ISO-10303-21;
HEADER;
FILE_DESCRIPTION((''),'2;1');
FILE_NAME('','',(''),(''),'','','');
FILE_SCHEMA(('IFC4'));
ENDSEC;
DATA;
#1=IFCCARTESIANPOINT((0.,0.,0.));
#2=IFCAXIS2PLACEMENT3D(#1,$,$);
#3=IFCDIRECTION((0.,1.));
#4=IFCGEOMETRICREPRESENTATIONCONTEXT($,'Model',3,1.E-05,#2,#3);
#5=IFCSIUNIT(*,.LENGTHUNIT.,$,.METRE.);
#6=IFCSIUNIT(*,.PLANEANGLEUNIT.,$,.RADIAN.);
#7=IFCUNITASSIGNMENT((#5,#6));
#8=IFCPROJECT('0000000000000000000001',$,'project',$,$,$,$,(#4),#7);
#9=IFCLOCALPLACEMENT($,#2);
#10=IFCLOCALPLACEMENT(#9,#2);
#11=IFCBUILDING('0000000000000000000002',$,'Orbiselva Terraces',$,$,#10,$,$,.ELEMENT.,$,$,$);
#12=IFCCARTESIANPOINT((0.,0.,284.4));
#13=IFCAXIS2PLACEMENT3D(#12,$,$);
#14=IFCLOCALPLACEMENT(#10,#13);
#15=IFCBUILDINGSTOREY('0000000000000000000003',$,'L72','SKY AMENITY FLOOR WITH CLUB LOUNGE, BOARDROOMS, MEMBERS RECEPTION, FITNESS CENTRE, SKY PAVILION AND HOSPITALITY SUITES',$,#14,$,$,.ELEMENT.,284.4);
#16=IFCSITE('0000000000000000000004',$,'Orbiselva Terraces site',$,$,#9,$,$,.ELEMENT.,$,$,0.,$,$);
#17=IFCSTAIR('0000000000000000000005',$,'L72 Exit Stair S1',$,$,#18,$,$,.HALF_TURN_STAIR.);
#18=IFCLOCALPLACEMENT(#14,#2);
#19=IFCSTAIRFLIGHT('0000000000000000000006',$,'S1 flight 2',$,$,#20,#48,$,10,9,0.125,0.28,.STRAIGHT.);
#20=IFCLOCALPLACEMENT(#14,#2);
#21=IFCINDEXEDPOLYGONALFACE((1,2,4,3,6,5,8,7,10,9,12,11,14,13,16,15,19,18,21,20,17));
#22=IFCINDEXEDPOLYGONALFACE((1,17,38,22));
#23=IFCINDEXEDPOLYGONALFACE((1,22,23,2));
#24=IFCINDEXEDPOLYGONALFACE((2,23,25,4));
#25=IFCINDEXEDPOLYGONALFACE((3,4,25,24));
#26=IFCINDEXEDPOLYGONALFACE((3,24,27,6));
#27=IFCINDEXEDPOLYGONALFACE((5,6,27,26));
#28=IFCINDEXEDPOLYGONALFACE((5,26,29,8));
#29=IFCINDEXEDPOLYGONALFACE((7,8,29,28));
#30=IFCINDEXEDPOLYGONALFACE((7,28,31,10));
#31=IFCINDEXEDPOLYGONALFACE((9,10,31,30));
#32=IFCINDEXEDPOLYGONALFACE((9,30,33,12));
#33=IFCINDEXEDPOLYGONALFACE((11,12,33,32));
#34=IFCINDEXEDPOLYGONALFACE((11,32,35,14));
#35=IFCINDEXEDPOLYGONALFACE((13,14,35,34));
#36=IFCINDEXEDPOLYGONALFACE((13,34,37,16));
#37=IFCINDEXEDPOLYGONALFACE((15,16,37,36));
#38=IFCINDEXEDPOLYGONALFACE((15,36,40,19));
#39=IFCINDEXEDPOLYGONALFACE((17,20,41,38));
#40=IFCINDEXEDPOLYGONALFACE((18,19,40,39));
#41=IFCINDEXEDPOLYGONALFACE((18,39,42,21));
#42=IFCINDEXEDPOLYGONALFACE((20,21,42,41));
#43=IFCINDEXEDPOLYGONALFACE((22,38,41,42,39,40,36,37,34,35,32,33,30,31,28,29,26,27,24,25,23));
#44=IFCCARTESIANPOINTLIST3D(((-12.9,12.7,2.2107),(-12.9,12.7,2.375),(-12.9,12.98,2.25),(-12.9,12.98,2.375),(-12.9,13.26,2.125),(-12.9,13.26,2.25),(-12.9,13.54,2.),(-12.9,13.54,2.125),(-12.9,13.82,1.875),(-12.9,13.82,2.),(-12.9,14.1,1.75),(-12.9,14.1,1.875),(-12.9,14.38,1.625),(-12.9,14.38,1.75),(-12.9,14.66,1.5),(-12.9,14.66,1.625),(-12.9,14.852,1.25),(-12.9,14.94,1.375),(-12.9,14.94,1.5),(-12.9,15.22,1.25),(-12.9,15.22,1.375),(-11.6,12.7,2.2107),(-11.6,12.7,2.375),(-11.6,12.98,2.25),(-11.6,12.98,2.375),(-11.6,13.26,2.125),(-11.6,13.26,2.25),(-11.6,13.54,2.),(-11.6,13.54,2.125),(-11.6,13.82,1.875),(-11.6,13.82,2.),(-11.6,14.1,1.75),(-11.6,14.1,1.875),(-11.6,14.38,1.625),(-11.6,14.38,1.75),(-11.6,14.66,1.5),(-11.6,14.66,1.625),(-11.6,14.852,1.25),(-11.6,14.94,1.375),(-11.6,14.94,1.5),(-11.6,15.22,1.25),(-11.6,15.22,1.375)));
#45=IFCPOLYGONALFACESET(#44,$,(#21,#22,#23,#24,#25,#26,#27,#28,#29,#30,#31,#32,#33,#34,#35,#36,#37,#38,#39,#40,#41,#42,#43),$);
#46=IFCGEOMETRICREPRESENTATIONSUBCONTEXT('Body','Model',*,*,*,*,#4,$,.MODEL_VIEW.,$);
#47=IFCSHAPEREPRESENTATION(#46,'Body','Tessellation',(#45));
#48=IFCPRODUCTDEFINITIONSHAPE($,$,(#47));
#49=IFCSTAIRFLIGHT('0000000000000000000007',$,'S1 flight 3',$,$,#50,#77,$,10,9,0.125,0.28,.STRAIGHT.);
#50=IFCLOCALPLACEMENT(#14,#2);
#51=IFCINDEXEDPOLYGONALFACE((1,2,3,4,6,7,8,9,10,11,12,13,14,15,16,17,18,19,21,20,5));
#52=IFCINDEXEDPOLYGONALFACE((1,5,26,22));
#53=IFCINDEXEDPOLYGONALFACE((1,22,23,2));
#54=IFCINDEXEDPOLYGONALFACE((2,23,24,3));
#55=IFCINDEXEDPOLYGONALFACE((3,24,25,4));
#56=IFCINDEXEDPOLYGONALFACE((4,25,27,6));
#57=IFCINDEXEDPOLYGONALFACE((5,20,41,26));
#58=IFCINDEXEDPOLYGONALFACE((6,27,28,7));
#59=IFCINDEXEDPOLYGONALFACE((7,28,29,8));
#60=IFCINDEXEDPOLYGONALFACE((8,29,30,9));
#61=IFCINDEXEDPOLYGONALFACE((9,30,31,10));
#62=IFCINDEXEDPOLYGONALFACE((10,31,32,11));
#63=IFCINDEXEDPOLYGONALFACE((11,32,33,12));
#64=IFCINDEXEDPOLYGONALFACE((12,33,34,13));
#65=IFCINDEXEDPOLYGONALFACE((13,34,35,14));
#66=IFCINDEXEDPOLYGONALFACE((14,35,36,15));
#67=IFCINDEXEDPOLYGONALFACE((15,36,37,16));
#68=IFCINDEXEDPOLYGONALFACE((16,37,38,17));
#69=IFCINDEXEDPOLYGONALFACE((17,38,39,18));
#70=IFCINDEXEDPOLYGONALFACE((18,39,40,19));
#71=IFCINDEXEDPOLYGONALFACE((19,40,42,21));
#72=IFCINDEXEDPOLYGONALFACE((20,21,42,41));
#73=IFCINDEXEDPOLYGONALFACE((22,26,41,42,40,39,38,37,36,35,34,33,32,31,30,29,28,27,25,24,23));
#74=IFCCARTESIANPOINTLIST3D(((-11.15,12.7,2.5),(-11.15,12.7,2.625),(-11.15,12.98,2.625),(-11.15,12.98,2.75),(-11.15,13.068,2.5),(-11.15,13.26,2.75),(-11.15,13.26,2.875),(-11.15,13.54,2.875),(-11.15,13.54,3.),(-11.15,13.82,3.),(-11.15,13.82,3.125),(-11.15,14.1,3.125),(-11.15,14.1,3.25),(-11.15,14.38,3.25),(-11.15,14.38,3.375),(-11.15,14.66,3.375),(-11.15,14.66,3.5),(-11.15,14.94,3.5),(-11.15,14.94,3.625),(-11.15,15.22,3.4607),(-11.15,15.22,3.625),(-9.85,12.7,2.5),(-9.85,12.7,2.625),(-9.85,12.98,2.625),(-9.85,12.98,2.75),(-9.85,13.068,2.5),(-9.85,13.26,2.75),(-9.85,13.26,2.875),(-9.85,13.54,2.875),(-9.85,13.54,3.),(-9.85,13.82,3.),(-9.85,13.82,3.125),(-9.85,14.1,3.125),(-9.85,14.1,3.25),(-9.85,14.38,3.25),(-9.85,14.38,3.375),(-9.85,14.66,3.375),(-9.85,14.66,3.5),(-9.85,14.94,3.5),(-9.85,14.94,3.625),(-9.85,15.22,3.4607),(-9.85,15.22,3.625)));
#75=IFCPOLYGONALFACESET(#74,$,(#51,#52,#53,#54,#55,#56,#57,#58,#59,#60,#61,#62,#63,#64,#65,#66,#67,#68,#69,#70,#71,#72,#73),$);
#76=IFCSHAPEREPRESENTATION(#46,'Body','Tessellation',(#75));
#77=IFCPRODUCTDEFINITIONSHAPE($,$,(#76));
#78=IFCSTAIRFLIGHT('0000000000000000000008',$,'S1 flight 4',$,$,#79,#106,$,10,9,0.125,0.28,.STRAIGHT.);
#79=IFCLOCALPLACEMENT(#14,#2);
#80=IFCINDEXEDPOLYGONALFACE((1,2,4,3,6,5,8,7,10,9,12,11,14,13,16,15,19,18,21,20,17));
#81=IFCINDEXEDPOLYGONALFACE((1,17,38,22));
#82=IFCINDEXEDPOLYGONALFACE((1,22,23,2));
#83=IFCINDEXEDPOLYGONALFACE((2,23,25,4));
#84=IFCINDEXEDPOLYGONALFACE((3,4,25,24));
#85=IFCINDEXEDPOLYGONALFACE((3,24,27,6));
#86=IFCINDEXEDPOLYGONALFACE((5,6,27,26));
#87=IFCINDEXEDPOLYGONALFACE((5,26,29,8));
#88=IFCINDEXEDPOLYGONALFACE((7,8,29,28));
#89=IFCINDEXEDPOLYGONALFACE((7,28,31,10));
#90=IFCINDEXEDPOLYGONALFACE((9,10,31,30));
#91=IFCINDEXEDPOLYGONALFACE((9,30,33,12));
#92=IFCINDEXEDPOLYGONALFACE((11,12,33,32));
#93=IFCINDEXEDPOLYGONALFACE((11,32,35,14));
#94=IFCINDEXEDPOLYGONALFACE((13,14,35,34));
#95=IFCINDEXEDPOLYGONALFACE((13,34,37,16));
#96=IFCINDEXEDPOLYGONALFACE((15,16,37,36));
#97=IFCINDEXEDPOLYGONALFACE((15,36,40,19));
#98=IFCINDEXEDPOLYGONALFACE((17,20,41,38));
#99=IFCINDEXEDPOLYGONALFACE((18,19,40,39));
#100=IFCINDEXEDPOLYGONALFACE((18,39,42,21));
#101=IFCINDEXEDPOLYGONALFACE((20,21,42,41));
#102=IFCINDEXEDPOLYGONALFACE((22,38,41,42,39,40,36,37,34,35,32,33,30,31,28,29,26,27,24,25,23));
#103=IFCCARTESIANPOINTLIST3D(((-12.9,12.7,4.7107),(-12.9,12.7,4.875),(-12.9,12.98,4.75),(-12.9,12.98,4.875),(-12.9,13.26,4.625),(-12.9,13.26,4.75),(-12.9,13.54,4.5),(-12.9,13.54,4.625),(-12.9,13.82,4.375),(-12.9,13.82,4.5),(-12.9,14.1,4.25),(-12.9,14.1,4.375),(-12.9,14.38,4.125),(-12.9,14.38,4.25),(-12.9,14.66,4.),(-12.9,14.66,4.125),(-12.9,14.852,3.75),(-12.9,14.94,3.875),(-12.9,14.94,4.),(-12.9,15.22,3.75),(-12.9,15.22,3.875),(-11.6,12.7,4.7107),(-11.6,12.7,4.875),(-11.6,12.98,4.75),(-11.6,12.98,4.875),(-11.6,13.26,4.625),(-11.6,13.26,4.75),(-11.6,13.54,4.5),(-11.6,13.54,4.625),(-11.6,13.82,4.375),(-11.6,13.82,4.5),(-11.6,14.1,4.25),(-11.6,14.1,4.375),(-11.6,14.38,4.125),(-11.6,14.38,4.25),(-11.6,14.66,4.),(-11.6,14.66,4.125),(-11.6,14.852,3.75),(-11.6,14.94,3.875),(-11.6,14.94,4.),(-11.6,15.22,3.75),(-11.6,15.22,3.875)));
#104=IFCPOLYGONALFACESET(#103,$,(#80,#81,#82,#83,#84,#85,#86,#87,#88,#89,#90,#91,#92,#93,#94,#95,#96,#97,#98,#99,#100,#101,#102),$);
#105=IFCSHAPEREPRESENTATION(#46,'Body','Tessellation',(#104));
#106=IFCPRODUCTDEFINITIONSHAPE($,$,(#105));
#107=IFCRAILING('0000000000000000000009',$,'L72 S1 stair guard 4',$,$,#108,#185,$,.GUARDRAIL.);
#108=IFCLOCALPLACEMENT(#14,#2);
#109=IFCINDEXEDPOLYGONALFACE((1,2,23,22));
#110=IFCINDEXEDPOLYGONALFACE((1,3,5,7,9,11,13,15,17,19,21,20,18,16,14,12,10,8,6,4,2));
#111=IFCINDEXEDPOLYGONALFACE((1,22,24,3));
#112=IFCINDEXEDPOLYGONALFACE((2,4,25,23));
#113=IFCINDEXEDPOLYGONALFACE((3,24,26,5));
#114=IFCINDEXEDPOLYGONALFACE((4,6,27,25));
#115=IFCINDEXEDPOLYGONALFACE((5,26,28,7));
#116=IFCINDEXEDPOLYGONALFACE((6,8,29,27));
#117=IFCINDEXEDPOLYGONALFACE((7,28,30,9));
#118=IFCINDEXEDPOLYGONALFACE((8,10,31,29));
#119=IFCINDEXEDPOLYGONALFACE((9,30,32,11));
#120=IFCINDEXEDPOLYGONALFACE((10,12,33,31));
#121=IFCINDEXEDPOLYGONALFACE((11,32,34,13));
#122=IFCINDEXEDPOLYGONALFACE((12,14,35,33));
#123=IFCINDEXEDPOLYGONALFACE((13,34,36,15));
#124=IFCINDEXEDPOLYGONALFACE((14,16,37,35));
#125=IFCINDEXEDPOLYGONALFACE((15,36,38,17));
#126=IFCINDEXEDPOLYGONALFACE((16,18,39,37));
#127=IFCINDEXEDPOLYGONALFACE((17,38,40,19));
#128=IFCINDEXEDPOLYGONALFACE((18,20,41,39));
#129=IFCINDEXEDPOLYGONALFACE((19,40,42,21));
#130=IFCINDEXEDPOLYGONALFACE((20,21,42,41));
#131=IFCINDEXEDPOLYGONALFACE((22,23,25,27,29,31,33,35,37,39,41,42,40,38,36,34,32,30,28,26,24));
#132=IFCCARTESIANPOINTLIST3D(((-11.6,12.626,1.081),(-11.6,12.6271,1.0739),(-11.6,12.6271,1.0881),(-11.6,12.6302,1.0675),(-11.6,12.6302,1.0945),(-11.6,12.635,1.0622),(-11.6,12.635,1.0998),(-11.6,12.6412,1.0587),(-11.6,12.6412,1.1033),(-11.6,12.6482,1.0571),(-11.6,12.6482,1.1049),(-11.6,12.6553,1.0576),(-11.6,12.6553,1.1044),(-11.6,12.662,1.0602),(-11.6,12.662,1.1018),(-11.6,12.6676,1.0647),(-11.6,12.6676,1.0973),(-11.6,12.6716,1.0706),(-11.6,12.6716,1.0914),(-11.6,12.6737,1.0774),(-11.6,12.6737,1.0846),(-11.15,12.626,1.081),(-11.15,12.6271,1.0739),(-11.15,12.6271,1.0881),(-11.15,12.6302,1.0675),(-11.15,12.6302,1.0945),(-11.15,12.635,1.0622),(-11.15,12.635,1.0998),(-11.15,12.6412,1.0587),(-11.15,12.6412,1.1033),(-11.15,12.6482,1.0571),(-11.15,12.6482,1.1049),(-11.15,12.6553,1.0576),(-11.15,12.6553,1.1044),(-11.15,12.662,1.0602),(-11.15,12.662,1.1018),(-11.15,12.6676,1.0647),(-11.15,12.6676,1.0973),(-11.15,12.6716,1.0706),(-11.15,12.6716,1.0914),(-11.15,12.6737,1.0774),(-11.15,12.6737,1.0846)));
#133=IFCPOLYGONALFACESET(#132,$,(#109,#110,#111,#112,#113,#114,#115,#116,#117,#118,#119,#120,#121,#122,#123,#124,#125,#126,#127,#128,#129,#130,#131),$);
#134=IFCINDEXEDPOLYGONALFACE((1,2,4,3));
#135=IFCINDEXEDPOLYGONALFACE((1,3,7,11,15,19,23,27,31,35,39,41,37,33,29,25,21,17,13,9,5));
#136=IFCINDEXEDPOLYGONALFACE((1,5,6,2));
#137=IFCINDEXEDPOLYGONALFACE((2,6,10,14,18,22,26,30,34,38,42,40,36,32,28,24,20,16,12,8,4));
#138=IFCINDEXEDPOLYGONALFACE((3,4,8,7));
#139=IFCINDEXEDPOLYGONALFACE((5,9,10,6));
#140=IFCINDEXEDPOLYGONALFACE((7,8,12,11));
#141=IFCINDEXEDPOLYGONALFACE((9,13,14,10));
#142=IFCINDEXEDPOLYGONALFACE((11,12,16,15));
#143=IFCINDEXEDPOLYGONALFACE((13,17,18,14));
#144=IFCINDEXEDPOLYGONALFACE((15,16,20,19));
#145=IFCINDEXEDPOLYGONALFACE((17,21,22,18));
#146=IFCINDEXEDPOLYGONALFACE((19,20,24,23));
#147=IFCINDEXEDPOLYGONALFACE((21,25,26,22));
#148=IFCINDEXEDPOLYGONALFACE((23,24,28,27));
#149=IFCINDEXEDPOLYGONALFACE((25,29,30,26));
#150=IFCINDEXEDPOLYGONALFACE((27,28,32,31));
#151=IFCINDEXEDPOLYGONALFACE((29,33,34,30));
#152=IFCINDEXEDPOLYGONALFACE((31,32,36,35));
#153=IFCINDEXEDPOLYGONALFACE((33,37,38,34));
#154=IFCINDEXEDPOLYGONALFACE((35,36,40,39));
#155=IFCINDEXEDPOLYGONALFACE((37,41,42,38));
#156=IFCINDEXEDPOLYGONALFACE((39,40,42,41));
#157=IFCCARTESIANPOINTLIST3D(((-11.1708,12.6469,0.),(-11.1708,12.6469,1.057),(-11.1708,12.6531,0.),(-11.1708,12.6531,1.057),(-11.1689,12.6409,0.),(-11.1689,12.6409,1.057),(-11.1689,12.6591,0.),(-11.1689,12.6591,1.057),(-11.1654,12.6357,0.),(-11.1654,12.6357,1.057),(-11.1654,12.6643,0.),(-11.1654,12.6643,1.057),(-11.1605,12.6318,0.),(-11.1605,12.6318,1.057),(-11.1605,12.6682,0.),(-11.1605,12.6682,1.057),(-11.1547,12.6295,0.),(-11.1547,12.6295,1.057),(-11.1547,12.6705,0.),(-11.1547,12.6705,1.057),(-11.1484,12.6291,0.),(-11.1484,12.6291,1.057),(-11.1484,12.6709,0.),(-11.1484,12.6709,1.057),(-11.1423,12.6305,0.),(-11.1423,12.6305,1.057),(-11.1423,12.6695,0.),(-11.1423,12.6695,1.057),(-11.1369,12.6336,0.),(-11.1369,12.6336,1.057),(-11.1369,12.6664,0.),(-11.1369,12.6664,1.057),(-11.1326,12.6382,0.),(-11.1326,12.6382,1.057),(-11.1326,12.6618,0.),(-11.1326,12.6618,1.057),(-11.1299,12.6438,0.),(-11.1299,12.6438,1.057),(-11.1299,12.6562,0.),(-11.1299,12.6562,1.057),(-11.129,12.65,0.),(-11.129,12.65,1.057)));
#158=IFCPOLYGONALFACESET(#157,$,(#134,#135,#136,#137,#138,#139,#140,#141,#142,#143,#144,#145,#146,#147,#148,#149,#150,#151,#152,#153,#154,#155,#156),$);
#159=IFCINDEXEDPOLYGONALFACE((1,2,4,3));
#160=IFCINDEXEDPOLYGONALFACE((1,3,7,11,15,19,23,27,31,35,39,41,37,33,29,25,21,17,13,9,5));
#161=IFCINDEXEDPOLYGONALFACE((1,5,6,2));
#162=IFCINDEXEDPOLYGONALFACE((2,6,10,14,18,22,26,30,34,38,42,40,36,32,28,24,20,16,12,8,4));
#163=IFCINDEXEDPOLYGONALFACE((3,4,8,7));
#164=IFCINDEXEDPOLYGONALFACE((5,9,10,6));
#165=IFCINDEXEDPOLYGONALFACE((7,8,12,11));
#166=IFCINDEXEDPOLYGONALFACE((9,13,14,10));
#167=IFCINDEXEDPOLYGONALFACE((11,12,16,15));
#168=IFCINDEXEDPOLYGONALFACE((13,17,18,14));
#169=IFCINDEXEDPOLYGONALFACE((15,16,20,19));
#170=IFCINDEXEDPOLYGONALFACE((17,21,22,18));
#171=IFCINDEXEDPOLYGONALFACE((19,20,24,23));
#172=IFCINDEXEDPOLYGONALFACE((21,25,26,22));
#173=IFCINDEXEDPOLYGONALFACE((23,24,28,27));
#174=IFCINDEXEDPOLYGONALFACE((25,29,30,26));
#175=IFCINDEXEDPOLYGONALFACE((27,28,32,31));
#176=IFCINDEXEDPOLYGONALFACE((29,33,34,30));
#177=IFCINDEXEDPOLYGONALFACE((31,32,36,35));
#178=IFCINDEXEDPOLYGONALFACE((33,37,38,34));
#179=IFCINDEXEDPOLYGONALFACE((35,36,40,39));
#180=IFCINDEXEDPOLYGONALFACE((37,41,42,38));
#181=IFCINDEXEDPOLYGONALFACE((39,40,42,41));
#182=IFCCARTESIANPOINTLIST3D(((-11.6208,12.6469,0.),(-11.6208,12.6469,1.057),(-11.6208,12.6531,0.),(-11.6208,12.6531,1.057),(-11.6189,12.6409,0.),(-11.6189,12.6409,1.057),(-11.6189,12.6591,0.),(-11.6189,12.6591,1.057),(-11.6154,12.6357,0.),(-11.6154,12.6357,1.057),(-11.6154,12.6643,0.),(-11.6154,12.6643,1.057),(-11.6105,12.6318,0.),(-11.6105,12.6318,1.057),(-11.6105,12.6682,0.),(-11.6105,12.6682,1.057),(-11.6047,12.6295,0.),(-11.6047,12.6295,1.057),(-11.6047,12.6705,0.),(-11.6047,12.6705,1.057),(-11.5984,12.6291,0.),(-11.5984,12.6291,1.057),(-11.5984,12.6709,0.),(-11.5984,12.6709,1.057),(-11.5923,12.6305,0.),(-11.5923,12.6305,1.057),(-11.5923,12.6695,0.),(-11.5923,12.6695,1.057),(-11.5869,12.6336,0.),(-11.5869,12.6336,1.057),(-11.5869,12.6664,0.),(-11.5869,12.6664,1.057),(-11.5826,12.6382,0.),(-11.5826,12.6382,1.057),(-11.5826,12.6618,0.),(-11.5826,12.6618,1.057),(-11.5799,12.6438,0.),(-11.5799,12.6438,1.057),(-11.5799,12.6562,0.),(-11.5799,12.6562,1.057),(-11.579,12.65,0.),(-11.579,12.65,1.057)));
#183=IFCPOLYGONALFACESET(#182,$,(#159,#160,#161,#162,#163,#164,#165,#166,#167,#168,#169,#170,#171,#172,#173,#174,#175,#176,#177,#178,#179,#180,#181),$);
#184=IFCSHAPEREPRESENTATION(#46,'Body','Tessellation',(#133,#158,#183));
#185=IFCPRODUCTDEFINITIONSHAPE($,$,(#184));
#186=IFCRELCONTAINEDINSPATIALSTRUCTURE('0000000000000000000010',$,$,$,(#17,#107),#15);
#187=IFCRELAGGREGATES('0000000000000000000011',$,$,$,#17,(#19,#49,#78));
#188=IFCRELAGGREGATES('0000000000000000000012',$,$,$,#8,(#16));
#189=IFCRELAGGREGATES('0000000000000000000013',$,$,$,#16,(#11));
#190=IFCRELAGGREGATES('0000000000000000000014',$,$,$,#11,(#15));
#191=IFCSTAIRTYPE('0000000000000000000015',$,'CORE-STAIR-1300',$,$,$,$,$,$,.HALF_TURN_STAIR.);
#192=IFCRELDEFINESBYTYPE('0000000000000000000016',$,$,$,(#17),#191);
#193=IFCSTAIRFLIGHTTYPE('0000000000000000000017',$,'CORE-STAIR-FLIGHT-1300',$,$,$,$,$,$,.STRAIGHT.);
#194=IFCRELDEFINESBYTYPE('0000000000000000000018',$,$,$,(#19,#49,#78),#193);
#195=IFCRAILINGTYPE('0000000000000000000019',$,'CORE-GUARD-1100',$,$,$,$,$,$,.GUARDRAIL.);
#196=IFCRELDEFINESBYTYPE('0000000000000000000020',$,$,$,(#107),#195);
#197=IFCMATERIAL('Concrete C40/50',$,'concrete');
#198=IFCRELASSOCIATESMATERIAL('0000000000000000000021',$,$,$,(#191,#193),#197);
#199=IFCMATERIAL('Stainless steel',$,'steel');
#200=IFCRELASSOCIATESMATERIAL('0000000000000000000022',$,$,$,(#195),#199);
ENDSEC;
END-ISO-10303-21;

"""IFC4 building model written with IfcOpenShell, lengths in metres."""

from ifc_helpers import new_model, si_unit, direction, frame, origin, origin_2d, place, context, subcontext, project, spatial, polyline, circle, outline, extrude, material, type_object, element, aggregate, save


model = new_model("IFC4")

# Units and contexts
model_context = context("Model", 3, precision=1e-05, world=origin(), true_north=direction((0.0, 1.0)))
body_context = subcontext(model_context, "Body", "Model", "MODEL_VIEW")
ifc_project = project(units=[si_unit("LENGTHUNIT", "METRE"), si_unit("PLANEANGLEUNIT", "RADIAN")], contexts=[model_context])

# Site, building, storey
site_placement = place(None, origin())
site = spatial("IfcSite", under=ifc_project, at=site_placement, Name="Orbiselva Terraces site", CompositionType="ELEMENT", RefElevation=0.0)
building_placement = place(site_placement, origin())
building = spatial("IfcBuilding", under=site, at=building_placement, Name="Orbiselva Terraces", CompositionType="ELEMENT")
storey_placement = place(building_placement, frame((0.0, 0.0, 284.4)))
storey = spatial("IfcBuildingStorey", under=building, at=storey_placement, Name="L72", Description="SKY AMENITY FLOOR WITH CLUB LOUNGE, BOARDROOMS, MEMBERS RECEPTION, FITNESS CENTRE, SKY PAVILION AND HOSPITALITY SUITES", CompositionType="ELEMENT", Elevation=284.4)

# Shared definitions
ifc_material_1 = material(Name="Concrete C40/50", Category="concrete")

# Stair, stair flights
stair_type = type_object("IfcStairType", Name="CORE-STAIR-1300", PredefinedType="HALF_TURN_STAIR", material=ifc_material_1)
stair_placement = place(storey_placement, origin())
stair = element("IfcStair", 1, at=stair_placement, inside=storey, type_object=stair_type, Name="L72 Exit Stair S1", PredefinedType="HALF_TURN_STAIR")
stair_flight_type = type_object("IfcStairFlightType", Name="CORE-STAIR-FLIGHT-1300", PredefinedType="STRAIGHT", material=ifc_material_1)
stair_flight_1_placement = place(storey_placement, frame((-12.25, 15.22, 1.25), z_axis=(0.0, 0.0, 1.0), x_axis=(0.0, -1.0, 0.0)))
stair_flight_1 = element("IfcStairFlight", 2, at=stair_flight_1_placement, type_object=stair_flight_type, Name="S1 flight 2", NumberOfRisers=10, NumberOfTreads=9, PredefinedType="STRAIGHT", RiserHeight=0.125, TreadLength=0.28, context=body_context, shape_type="SweptSolid", body=[
    extrude(outline(polyline([(0.0, 0.0), (0.0, 0.125), (0.28, 0.125), (0.28, 0.25), (0.56, 0.25), (0.56, 0.375), (0.84, 0.375), (0.84, 0.5), (1.12, 0.5), (1.12, 0.625), (1.4, 0.625), (1.4, 0.75), (1.68, 0.75), (1.68, 0.875), (1.96, 0.875), (1.96, 1.0), (2.24, 1.0), (2.24, 1.125), (2.52, 1.125), (2.52, 1.25), (2.52, 0.9607), (0.368, 0.0), (0.0, 0.0)])), frame((0.0, 0.65, 0.0), z_axis=(0.0, -1.0, 0.0), x_axis=(1.0, 0.0, 0.0)), (0.0, 0.0, 1.0), 1.3),
])
stair_flight_2_placement = place(storey_placement, frame((-10.5, 12.7, 2.5), z_axis=(0.0, 0.0, 1.0), x_axis=(0.0, 1.0, 0.0)))
stair_flight_2 = element("IfcStairFlight", 3, at=stair_flight_2_placement, type_object=stair_flight_type, Name="S1 flight 3", NumberOfRisers=10, NumberOfTreads=9, PredefinedType="STRAIGHT", RiserHeight=0.125, TreadLength=0.28, context=body_context, shape_type="SweptSolid", body=[
    extrude(outline(polyline([(0.0, 0.0), (0.0, 0.125), (0.28, 0.125), (0.28, 0.25), (0.56, 0.25), (0.56, 0.375), (0.84, 0.375), (0.84, 0.5), (1.12, 0.5), (1.12, 0.625), (1.4, 0.625), (1.4, 0.75), (1.68, 0.75), (1.68, 0.875), (1.96, 0.875), (1.96, 1.0), (2.24, 1.0), (2.24, 1.125), (2.52, 1.125), (2.52, 1.25), (2.52, 0.9607), (0.368, 0.0), (0.0, 0.0)])), frame((0.0, 0.65, 0.0), z_axis=(0.0, -1.0, 0.0), x_axis=(1.0, 0.0, 0.0)), (0.0, 0.0, 1.0), 1.3),
])
stair_flight_3_placement = place(storey_placement, frame((-12.25, 15.22, 3.75), z_axis=(0.0, 0.0, 1.0), x_axis=(0.0, -1.0, 0.0)))
stair_flight_3 = element("IfcStairFlight", 4, at=stair_flight_3_placement, type_object=stair_flight_type, Name="S1 flight 4", NumberOfRisers=10, NumberOfTreads=9, PredefinedType="STRAIGHT", RiserHeight=0.125, TreadLength=0.28, context=body_context, shape_type="SweptSolid", body=[
    extrude(outline(polyline([(0.0, 0.0), (0.0, 0.125), (0.28, 0.125), (0.28, 0.25), (0.56, 0.25), (0.56, 0.375), (0.84, 0.375), (0.84, 0.5), (1.12, 0.5), (1.12, 0.625), (1.4, 0.625), (1.4, 0.75), (1.68, 0.75), (1.68, 0.875), (1.96, 0.875), (1.96, 1.0), (2.24, 1.0), (2.24, 1.125), (2.52, 1.125), (2.52, 1.25), (2.52, 0.9607), (0.368, 0.0), (0.0, 0.0)])), frame((0.0, 0.65, 0.0), z_axis=(0.0, -1.0, 0.0), x_axis=(1.0, 0.0, 0.0)), (0.0, 0.0, 1.0), 1.3),
])
aggregate(stair, [stair_flight_1, stair_flight_2, stair_flight_3])

# Railing
ifc_material_2 = material(Name="Stainless steel", Category="steel")
railing_type_1 = type_object("IfcRailingType", Name="CORE-GUARD-1100", PredefinedType="GUARDRAIL", material=ifc_material_2)
railing_1_placement = place(storey_placement, frame((-11.15, 12.65, 0.0)))
element("IfcRailing", 5, at=railing_1_placement, inside=storey, type_object=railing_type_1, Name="L72 S1 stair guard 4", PredefinedType="GUARDRAIL", context=body_context, shape_type="SweptSolid", body=[
    extrude(circle(Radius=0.024, at=origin_2d()), frame((0.0, 0.0, 1.081), z_axis=(-1.0, 0.0, 0.0), x_axis=(0.0, -1.0, 0.0)), (0.0, 0.0, 1.0), 0.45),
    extrude(circle(Radius=0.021, at=origin_2d()), origin(), (0.0, 0.0, 1.0), 1.057),
    extrude(circle(Radius=0.021, at=origin_2d()), frame((-0.45, 0.0, 0.0)), (0.0, 0.0, 1.0), 1.057),
])

save(model, "model.ifc")
